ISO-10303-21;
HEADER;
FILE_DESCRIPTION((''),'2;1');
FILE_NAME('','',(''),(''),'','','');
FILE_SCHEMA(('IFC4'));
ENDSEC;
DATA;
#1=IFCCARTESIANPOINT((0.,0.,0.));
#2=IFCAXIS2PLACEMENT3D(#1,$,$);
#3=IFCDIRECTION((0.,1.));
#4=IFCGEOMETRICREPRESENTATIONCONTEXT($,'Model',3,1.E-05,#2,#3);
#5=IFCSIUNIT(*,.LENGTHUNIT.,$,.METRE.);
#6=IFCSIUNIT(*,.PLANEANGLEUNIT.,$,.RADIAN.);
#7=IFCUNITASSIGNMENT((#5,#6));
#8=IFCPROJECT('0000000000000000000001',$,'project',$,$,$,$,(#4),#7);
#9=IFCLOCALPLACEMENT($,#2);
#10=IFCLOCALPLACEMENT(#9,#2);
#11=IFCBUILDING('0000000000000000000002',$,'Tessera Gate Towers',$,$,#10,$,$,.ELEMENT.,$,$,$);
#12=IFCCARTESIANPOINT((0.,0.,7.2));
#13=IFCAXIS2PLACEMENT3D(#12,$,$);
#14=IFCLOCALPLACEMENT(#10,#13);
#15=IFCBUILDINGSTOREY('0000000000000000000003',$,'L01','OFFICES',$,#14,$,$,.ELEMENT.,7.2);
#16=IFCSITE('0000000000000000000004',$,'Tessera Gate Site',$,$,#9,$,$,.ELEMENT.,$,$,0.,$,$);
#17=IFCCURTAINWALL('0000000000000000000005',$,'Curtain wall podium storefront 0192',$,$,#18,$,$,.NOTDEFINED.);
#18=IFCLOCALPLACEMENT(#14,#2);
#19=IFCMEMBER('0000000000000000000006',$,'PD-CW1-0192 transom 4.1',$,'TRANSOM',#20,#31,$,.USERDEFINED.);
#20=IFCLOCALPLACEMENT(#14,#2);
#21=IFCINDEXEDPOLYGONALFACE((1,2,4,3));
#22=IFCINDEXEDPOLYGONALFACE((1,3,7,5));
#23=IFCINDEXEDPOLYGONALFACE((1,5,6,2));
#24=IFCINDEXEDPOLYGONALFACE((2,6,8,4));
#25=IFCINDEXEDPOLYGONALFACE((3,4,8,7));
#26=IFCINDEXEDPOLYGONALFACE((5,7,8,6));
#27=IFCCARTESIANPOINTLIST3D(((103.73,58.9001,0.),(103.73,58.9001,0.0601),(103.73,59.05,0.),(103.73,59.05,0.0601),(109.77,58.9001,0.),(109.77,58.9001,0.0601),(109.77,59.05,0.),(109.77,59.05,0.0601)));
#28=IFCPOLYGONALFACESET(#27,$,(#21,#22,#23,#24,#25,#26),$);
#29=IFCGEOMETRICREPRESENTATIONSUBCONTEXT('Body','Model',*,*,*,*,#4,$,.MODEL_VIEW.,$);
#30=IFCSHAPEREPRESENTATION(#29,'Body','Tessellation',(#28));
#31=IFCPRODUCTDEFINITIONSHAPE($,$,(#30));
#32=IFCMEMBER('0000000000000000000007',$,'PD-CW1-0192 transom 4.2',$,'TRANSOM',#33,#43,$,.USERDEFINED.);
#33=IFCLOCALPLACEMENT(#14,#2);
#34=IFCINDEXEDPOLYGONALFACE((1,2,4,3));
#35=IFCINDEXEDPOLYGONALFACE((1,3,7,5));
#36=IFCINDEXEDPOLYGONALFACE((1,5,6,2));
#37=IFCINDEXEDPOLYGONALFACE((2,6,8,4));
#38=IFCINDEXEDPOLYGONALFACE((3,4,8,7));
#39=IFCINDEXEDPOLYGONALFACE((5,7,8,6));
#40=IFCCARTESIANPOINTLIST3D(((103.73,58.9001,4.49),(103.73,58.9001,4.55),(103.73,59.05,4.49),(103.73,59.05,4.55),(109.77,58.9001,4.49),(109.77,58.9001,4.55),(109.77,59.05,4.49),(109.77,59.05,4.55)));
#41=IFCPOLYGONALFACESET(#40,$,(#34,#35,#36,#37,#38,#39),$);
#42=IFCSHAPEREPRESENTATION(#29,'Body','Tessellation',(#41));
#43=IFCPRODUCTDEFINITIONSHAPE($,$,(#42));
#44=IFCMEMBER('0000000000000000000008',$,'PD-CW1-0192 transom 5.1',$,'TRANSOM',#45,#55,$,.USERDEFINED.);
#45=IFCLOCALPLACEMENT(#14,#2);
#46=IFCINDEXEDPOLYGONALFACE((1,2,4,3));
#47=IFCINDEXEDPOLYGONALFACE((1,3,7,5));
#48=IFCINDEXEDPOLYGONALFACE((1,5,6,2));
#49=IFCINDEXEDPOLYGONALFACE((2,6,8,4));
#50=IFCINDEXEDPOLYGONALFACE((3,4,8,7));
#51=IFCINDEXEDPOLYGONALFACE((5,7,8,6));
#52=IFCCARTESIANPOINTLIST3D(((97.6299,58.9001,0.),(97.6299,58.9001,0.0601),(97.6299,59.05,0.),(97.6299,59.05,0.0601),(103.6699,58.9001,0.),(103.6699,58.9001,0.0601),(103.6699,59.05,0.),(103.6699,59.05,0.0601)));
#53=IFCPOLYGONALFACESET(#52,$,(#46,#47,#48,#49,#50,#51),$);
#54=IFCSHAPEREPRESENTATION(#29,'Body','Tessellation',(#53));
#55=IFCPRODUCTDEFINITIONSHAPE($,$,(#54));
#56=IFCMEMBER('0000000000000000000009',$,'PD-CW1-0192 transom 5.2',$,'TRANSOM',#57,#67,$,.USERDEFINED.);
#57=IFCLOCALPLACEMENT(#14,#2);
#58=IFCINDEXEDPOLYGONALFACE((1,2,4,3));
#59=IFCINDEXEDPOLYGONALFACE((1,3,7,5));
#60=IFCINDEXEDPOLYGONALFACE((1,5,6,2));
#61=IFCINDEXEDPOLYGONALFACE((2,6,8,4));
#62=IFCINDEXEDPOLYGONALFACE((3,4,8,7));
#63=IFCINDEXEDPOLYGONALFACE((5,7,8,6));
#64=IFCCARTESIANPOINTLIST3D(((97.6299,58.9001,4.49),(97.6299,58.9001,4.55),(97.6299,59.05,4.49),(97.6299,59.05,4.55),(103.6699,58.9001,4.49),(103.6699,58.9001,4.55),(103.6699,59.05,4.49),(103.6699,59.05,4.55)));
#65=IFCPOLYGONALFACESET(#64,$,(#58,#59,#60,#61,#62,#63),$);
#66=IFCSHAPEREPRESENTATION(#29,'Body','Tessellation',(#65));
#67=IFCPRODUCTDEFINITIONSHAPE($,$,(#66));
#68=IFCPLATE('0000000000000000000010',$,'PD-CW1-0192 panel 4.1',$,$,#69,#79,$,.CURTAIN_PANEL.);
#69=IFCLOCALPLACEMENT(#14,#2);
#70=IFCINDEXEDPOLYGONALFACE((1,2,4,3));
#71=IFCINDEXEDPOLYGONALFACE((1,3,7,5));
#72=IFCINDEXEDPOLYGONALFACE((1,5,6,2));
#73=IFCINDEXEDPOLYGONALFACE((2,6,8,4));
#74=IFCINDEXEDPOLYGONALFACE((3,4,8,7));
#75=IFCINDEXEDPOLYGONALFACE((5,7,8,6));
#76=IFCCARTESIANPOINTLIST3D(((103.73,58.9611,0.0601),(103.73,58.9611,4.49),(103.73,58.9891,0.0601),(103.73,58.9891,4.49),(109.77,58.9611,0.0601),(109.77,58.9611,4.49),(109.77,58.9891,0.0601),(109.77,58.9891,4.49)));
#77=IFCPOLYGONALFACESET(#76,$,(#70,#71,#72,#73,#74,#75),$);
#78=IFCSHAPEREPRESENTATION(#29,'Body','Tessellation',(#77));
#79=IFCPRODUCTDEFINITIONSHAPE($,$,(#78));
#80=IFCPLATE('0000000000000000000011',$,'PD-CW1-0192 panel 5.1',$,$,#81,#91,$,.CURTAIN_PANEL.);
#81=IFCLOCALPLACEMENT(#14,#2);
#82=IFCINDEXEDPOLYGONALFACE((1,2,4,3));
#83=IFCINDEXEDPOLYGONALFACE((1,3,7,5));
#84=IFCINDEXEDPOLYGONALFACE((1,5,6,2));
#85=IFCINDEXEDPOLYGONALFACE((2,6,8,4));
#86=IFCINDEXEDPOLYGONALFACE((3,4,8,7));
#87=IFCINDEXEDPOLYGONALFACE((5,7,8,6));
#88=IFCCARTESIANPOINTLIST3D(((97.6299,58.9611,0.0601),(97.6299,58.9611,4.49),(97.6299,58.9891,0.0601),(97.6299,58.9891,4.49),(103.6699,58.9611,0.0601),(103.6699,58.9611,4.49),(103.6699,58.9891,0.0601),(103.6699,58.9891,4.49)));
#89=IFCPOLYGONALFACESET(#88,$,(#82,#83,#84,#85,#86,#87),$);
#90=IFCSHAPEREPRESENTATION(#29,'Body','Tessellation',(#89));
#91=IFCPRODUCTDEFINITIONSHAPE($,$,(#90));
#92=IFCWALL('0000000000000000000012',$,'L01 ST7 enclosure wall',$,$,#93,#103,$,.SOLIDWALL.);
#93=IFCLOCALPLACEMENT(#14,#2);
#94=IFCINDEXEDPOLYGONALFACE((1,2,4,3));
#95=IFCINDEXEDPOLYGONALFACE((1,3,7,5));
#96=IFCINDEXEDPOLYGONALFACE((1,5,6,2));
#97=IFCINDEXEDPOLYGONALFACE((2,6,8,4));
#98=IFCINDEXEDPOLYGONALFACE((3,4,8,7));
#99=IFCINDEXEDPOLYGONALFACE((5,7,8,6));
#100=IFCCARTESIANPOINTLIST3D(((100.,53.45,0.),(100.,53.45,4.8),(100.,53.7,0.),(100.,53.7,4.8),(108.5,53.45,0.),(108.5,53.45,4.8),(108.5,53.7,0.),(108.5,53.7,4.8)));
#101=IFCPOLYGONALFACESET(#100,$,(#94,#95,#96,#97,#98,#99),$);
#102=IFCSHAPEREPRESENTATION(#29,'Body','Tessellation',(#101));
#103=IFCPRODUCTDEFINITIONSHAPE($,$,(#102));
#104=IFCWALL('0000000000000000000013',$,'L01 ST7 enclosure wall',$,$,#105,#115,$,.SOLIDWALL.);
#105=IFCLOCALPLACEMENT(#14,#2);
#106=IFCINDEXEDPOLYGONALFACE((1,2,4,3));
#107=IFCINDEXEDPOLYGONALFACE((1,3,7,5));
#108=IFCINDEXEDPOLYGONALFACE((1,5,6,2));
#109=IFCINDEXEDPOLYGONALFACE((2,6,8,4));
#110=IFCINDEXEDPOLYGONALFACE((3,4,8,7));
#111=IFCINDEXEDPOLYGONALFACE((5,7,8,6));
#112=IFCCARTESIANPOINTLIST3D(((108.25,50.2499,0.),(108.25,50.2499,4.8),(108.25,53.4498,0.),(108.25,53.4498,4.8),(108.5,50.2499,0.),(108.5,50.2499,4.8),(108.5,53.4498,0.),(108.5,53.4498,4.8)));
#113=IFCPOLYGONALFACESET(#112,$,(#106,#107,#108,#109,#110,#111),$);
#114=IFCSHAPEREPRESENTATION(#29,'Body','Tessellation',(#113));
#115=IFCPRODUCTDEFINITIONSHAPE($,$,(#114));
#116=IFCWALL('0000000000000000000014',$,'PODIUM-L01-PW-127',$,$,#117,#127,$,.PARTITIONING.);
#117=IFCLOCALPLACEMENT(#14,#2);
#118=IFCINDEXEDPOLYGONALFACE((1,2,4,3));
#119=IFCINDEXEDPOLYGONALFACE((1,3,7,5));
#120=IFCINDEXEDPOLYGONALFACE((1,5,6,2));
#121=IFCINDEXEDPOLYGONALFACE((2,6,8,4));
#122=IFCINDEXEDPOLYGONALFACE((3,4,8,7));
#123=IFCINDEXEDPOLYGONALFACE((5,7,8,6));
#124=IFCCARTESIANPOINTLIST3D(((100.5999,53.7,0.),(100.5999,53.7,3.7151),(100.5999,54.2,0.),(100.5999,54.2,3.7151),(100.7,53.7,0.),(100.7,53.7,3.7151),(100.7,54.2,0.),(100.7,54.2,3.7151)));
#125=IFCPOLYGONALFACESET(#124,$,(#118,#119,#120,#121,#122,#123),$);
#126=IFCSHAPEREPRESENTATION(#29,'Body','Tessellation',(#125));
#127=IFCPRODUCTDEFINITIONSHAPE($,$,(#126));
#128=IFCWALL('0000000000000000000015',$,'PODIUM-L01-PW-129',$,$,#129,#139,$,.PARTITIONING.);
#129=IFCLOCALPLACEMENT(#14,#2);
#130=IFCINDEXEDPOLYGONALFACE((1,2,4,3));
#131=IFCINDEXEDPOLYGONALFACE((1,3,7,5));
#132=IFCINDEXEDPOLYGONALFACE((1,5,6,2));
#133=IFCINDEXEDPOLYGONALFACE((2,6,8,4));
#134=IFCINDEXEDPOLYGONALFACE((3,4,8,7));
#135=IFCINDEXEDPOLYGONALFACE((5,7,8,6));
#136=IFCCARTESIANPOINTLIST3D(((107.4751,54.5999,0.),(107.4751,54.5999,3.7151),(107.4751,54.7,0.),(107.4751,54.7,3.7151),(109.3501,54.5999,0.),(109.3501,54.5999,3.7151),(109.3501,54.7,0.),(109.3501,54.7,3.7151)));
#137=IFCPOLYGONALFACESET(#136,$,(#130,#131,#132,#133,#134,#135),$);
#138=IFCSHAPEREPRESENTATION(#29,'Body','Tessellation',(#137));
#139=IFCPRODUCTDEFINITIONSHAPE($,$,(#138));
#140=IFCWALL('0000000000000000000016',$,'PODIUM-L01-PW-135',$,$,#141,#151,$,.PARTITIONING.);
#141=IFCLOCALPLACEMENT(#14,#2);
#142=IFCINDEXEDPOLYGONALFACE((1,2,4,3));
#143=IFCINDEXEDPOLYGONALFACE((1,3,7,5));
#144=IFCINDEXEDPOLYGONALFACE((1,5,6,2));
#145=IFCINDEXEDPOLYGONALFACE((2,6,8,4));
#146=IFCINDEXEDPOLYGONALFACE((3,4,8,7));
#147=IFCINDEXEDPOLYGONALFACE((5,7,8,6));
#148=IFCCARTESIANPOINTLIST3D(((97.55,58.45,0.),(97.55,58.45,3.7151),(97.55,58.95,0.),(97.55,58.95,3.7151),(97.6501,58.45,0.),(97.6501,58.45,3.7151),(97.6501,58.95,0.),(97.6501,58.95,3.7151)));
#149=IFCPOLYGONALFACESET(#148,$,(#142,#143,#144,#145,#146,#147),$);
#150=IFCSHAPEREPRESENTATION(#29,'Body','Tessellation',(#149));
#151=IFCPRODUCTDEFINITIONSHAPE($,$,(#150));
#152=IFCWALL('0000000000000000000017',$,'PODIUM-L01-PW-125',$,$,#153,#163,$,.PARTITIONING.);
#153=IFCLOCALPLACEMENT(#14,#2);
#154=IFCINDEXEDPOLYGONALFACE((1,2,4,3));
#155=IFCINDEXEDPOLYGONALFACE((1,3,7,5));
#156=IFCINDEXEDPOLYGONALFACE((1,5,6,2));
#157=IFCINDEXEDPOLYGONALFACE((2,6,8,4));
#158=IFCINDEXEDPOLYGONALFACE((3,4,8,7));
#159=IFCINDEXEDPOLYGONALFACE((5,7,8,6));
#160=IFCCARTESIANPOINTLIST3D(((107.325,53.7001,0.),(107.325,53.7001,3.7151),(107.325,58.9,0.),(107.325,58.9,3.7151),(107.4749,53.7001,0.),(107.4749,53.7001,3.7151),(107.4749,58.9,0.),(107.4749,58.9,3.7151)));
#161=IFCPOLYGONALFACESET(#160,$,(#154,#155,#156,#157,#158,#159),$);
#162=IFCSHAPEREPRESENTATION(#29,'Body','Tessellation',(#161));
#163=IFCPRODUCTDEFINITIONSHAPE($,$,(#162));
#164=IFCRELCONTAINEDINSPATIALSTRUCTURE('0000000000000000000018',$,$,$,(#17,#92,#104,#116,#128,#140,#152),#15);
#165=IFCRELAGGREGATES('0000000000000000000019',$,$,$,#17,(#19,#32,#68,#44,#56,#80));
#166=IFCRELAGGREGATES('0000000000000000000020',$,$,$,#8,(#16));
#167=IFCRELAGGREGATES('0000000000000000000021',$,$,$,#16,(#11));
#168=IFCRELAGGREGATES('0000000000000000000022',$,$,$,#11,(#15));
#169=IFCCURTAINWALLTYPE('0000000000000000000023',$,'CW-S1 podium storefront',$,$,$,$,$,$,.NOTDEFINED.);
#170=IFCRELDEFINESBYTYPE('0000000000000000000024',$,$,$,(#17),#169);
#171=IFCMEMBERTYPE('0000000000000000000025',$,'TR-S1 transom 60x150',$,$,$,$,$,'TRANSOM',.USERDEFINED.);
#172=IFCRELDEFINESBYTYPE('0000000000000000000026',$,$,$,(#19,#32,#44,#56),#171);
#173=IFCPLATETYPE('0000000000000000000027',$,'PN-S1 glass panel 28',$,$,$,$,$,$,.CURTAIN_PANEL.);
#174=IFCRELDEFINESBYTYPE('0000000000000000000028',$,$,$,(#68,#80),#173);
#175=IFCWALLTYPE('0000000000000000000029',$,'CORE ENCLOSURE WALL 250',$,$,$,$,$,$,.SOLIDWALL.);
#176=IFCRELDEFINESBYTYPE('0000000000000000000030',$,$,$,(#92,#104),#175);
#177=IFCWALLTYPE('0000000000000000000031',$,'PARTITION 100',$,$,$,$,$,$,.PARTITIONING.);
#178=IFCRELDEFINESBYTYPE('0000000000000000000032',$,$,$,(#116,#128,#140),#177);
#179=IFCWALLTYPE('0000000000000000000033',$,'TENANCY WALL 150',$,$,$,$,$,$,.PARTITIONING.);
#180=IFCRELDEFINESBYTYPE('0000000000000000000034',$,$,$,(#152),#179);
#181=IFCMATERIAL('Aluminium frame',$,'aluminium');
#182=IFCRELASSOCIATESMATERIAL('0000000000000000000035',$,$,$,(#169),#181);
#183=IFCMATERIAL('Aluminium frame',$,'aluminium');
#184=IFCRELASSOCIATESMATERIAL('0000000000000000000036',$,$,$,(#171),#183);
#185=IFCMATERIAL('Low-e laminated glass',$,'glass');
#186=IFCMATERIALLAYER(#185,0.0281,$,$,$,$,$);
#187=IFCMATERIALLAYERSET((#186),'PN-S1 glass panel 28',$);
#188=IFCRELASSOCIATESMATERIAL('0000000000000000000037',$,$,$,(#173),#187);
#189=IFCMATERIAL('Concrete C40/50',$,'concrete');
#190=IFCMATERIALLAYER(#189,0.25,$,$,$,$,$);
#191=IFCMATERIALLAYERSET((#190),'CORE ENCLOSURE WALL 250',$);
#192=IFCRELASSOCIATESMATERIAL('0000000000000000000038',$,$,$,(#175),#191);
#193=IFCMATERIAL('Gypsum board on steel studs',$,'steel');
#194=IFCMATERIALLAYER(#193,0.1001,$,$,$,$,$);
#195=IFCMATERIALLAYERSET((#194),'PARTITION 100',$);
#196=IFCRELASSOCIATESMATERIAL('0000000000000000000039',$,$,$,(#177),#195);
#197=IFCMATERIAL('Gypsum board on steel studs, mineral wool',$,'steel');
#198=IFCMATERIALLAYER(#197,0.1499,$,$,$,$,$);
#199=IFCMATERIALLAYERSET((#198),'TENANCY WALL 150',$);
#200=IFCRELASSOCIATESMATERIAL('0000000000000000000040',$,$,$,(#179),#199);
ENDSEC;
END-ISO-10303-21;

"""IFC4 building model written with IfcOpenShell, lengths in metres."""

from ifc_helpers import new_model, si_unit, direction, frame, frame_2d, origin, origin_2d, place, context, subcontext, project, spatial, rectangle, extrude, material, layer, layer_set, material_profile, profile_set, type_object, element, aggregate, save


model = new_model("IFC4")

# Units and contexts
model_context = context("Model", 3, precision=1e-05, world=origin(), true_north=direction((0.0, 1.0)))
body_context = subcontext(model_context, "Body", "Model", "MODEL_VIEW")
ifc_project = project(units=[si_unit("LENGTHUNIT", "METRE"), si_unit("PLANEANGLEUNIT", "RADIAN")], contexts=[model_context])

# Site, building, storey
site_placement = place(None, origin())
site = spatial("IfcSite", under=ifc_project, at=site_placement, Name="Tessera Gate Site", CompositionType="ELEMENT", RefElevation=0.0)
building_placement = place(site_placement, origin())
building = spatial("IfcBuilding", under=site, at=building_placement, Name="Tessera Gate Towers", CompositionType="ELEMENT")
storey_placement = place(building_placement, frame((0.0, 0.0, 7.2)))
storey = spatial("IfcBuildingStorey", under=building, at=storey_placement, Name="L01", Description="OFFICES", CompositionType="ELEMENT", Elevation=7.2)

# Curtain wall, members, plates
ifc_material_1 = material(Name="Aluminium frame", Category="aluminium")
curtain_wall_type = type_object("IfcCurtainWallType", Name="CW-S1 podium storefront", PredefinedType="NOTDEFINED", material=ifc_material_1)
curtain_wall_placement = place(storey_placement, origin())
curtain_wall = element("IfcCurtainWall", 1, at=curtain_wall_placement, inside=storey, type_object=curtain_wall_type, Name="Curtain wall podium storefront 0192", PredefinedType="NOTDEFINED")
ifc_material_2 = material(Name="Aluminium frame", Category="aluminium")
ifc_material_profile_1 = material_profile(ifc_material_2, rectangle(XDim=0.1499, YDim=0.0601, at=origin_2d()), Name="AL 60x150")
ifc_profile_set_1 = profile_set([ifc_material_profile_1], Name="Aluminium frame")
member_type_1 = type_object("IfcMemberType", Name="TR-S1 transom 60x150", ElementType="TRANSOM", PredefinedType="USERDEFINED", material=ifc_profile_set_1)
member_1_placement = place(storey_placement, frame((109.77, 58.9751, 0.03), z_axis=(-1.0, 0.0, 0.0), x_axis=(0.0, -1.0, 0.0)))
member_1 = element("IfcMember", 2, at=member_1_placement, type_object=member_type_1, Name="PD-CW1-0192 transom 4.1", ObjectType="TRANSOM", PredefinedType="USERDEFINED", context=body_context, shape_type="SweptSolid", body=[
    extrude(rectangle(XDim=0.1499, YDim=0.0601, at=origin_2d()), origin(), (0.0, 0.0, 1.0), 6.04),
])
member_2_placement = place(storey_placement, frame((109.77, 58.9751, 4.52), z_axis=(-1.0, 0.0, 0.0), x_axis=(0.0, -1.0, 0.0)))
member_2 = element("IfcMember", 3, at=member_2_placement, type_object=member_type_1, Name="PD-CW1-0192 transom 4.2", ObjectType="TRANSOM", PredefinedType="USERDEFINED", context=body_context, shape_type="SweptSolid", body=[
    extrude(rectangle(XDim=0.1499, YDim=0.0601, at=origin_2d()), origin(), (0.0, 0.0, 1.0), 6.04),
])
member_3_placement = place(storey_placement, frame((103.6699, 58.9751, 0.03), z_axis=(-1.0, 0.0, 0.0), x_axis=(0.0, -1.0, 0.0)))
member_3 = element("IfcMember", 4, at=member_3_placement, type_object=member_type_1, Name="PD-CW1-0192 transom 5.1", ObjectType="TRANSOM", PredefinedType="USERDEFINED", context=body_context, shape_type="SweptSolid", body=[
    extrude(rectangle(XDim=0.1499, YDim=0.0601, at=origin_2d()), origin(), (0.0, 0.0, 1.0), 6.04),
])
member_4_placement = place(storey_placement, frame((103.6699, 58.9751, 4.52), z_axis=(-1.0, 0.0, 0.0), x_axis=(0.0, -1.0, 0.0)))
member_4 = element("IfcMember", 5, at=member_4_placement, type_object=member_type_1, Name="PD-CW1-0192 transom 5.2", ObjectType="TRANSOM", PredefinedType="USERDEFINED", context=body_context, shape_type="SweptSolid", body=[
    extrude(rectangle(XDim=0.1499, YDim=0.0601, at=origin_2d()), origin(), (0.0, 0.0, 1.0), 6.04),
])
ifc_material_3 = material(Name="Low-e laminated glass", Category="glass")
ifc_layer_1 = layer(ifc_material_3, 0.0281)
ifc_layer_set_1 = layer_set([ifc_layer_1], Name="PN-S1 glass panel 28")
plate_type = type_object("IfcPlateType", Name="PN-S1 glass panel 28", PredefinedType="CURTAIN_PANEL", material=ifc_layer_set_1)
plate_1_placement = place(storey_placement, frame((106.75, 58.9751, 0.0601), z_axis=(0.0, 0.0, 1.0), x_axis=(-1.0, 0.0, 0.0)))
plate_1 = element("IfcPlate", 6, at=plate_1_placement, type_object=plate_type, Name="PD-CW1-0192 panel 4.1", PredefinedType="CURTAIN_PANEL", context=body_context, shape_type="SweptSolid", body=[
    extrude(rectangle(XDim=6.04, YDim=0.0281, at=origin_2d()), origin(), (0.0, 0.0, 1.0), 4.4299),
])
plate_2_placement = place(storey_placement, frame((100.6499, 58.9751, 0.0601), z_axis=(0.0, 0.0, 1.0), x_axis=(-1.0, 0.0, 0.0)))
plate_2 = element("IfcPlate", 7, at=plate_2_placement, type_object=plate_type, Name="PD-CW1-0192 panel 5.1", PredefinedType="CURTAIN_PANEL", context=body_context, shape_type="SweptSolid", body=[
    extrude(rectangle(XDim=6.04, YDim=0.0281, at=origin_2d()), origin(), (0.0, 0.0, 1.0), 4.4299),
])
aggregate(curtain_wall, [member_1, member_2, plate_1, member_3, member_4, plate_2])

# Walls
ifc_material_4 = material(Name="Concrete C40/50", Category="concrete")
ifc_layer_2 = layer(ifc_material_4, 0.25)
ifc_layer_set_2 = layer_set([ifc_layer_2], Name="CORE ENCLOSURE WALL 250")
wall_type_1 = type_object("IfcWallType", Name="CORE ENCLOSURE WALL 250", PredefinedType="SOLIDWALL", material=ifc_layer_set_2)
wall_1_placement = place(storey_placement, frame((100.0, 53.575, 0.0), z_axis=(0.0, 0.0, 1.0), x_axis=(1.0, 0.0, 0.0)))
element("IfcWall", 8, at=wall_1_placement, inside=storey, type_object=wall_type_1, Name="L01 ST7 enclosure wall", PredefinedType="SOLIDWALL", context=body_context, shape_type="SweptSolid", body=[
    extrude(rectangle(XDim=8.5, YDim=0.25, at=frame_2d((4.25, 0.0))), origin(), (0.0, 0.0, 1.0), 4.8),
])
wall_2_placement = place(storey_placement, frame((108.375, 53.45, 0.0), z_axis=(0.0, 0.0, 1.0), x_axis=(0.0, -1.0, 0.0)))
element("IfcWall", 9, at=wall_2_placement, inside=storey, type_object=wall_type_1, Name="L01 ST7 enclosure wall", PredefinedType="SOLIDWALL", context=body_context, shape_type="SweptSolid", body=[
    extrude(rectangle(XDim=3.2, YDim=0.25, at=frame_2d((1.6001, 0.0))), origin(), (0.0, 0.0, 1.0), 4.8),
])
ifc_material_5 = material(Name="Gypsum board on steel studs", Category="steel")
ifc_layer_3 = layer(ifc_material_5, 0.1001)
ifc_layer_set_3 = layer_set([ifc_layer_3], Name="PARTITION 100")
wall_type_2 = type_object("IfcWallType", Name="PARTITION 100", PredefinedType="PARTITIONING", material=ifc_layer_set_3)
wall_3_placement = place(storey_placement, frame((100.6499, 54.2, 0.0), z_axis=(0.0, 0.0, 1.0), x_axis=(0.0, -1.0, 0.0)))
element("IfcWall", 10, at=wall_3_placement, inside=storey, type_object=wall_type_2, Name="PODIUM-L01-PW-127", PredefinedType="PARTITIONING", context=body_context, shape_type="SweptSolid", body=[
    extrude(rectangle(XDim=0.5, YDim=0.1001, at=frame_2d((0.25, 0.0))), origin(), (0.0, 0.0, 1.0), 3.7151),
])
wall_4_placement = place(storey_placement, frame((109.3501, 54.6499, 0.0), z_axis=(0.0, 0.0, 1.0), x_axis=(-1.0, 0.0, 0.0)))
element("IfcWall", 11, at=wall_4_placement, inside=storey, type_object=wall_type_2, Name="PODIUM-L01-PW-129", PredefinedType="PARTITIONING", context=body_context, shape_type="SweptSolid", body=[
    extrude(rectangle(XDim=1.875, YDim=0.1001, at=frame_2d((0.9375, 0.0))), origin(), (0.0, 0.0, 1.0), 3.7151),
])
wall_5_placement = place(storey_placement, frame((97.6001, 58.45, 0.0), z_axis=(0.0, 0.0, 1.0), x_axis=(0.0, 1.0, 0.0)))
element("IfcWall", 12, at=wall_5_placement, inside=storey, type_object=wall_type_2, Name="PODIUM-L01-PW-135", PredefinedType="PARTITIONING", context=body_context, shape_type="SweptSolid", body=[
    extrude(rectangle(XDim=0.5, YDim=0.1001, at=frame_2d((0.25, 0.0))), origin(), (0.0, 0.0, 1.0), 3.7151),
])
ifc_material_6 = material(Name="Gypsum board on steel studs, mineral wool", Category="steel")
ifc_layer_4 = layer(ifc_material_6, 0.1499)
ifc_layer_set_4 = layer_set([ifc_layer_4], Name="TENANCY WALL 150")
wall_type_3 = type_object("IfcWallType", Name="TENANCY WALL 150", PredefinedType="PARTITIONING", material=ifc_layer_set_4)
wall_6_placement = place(storey_placement, frame((107.3999, 53.7, 0.0), z_axis=(0.0, 0.0, 1.0), x_axis=(0.0, 1.0, 0.0)))
element("IfcWall", 13, at=wall_6_placement, inside=storey, type_object=wall_type_3, Name="PODIUM-L01-PW-125", PredefinedType="PARTITIONING", context=body_context, shape_type="SweptSolid", body=[
    extrude(rectangle(XDim=5.2, YDim=0.1499, at=frame_2d((2.6001, 0.0))), origin(), (0.0, 0.0, 1.0), 3.7151),
])

save(model, "model.ifc")
